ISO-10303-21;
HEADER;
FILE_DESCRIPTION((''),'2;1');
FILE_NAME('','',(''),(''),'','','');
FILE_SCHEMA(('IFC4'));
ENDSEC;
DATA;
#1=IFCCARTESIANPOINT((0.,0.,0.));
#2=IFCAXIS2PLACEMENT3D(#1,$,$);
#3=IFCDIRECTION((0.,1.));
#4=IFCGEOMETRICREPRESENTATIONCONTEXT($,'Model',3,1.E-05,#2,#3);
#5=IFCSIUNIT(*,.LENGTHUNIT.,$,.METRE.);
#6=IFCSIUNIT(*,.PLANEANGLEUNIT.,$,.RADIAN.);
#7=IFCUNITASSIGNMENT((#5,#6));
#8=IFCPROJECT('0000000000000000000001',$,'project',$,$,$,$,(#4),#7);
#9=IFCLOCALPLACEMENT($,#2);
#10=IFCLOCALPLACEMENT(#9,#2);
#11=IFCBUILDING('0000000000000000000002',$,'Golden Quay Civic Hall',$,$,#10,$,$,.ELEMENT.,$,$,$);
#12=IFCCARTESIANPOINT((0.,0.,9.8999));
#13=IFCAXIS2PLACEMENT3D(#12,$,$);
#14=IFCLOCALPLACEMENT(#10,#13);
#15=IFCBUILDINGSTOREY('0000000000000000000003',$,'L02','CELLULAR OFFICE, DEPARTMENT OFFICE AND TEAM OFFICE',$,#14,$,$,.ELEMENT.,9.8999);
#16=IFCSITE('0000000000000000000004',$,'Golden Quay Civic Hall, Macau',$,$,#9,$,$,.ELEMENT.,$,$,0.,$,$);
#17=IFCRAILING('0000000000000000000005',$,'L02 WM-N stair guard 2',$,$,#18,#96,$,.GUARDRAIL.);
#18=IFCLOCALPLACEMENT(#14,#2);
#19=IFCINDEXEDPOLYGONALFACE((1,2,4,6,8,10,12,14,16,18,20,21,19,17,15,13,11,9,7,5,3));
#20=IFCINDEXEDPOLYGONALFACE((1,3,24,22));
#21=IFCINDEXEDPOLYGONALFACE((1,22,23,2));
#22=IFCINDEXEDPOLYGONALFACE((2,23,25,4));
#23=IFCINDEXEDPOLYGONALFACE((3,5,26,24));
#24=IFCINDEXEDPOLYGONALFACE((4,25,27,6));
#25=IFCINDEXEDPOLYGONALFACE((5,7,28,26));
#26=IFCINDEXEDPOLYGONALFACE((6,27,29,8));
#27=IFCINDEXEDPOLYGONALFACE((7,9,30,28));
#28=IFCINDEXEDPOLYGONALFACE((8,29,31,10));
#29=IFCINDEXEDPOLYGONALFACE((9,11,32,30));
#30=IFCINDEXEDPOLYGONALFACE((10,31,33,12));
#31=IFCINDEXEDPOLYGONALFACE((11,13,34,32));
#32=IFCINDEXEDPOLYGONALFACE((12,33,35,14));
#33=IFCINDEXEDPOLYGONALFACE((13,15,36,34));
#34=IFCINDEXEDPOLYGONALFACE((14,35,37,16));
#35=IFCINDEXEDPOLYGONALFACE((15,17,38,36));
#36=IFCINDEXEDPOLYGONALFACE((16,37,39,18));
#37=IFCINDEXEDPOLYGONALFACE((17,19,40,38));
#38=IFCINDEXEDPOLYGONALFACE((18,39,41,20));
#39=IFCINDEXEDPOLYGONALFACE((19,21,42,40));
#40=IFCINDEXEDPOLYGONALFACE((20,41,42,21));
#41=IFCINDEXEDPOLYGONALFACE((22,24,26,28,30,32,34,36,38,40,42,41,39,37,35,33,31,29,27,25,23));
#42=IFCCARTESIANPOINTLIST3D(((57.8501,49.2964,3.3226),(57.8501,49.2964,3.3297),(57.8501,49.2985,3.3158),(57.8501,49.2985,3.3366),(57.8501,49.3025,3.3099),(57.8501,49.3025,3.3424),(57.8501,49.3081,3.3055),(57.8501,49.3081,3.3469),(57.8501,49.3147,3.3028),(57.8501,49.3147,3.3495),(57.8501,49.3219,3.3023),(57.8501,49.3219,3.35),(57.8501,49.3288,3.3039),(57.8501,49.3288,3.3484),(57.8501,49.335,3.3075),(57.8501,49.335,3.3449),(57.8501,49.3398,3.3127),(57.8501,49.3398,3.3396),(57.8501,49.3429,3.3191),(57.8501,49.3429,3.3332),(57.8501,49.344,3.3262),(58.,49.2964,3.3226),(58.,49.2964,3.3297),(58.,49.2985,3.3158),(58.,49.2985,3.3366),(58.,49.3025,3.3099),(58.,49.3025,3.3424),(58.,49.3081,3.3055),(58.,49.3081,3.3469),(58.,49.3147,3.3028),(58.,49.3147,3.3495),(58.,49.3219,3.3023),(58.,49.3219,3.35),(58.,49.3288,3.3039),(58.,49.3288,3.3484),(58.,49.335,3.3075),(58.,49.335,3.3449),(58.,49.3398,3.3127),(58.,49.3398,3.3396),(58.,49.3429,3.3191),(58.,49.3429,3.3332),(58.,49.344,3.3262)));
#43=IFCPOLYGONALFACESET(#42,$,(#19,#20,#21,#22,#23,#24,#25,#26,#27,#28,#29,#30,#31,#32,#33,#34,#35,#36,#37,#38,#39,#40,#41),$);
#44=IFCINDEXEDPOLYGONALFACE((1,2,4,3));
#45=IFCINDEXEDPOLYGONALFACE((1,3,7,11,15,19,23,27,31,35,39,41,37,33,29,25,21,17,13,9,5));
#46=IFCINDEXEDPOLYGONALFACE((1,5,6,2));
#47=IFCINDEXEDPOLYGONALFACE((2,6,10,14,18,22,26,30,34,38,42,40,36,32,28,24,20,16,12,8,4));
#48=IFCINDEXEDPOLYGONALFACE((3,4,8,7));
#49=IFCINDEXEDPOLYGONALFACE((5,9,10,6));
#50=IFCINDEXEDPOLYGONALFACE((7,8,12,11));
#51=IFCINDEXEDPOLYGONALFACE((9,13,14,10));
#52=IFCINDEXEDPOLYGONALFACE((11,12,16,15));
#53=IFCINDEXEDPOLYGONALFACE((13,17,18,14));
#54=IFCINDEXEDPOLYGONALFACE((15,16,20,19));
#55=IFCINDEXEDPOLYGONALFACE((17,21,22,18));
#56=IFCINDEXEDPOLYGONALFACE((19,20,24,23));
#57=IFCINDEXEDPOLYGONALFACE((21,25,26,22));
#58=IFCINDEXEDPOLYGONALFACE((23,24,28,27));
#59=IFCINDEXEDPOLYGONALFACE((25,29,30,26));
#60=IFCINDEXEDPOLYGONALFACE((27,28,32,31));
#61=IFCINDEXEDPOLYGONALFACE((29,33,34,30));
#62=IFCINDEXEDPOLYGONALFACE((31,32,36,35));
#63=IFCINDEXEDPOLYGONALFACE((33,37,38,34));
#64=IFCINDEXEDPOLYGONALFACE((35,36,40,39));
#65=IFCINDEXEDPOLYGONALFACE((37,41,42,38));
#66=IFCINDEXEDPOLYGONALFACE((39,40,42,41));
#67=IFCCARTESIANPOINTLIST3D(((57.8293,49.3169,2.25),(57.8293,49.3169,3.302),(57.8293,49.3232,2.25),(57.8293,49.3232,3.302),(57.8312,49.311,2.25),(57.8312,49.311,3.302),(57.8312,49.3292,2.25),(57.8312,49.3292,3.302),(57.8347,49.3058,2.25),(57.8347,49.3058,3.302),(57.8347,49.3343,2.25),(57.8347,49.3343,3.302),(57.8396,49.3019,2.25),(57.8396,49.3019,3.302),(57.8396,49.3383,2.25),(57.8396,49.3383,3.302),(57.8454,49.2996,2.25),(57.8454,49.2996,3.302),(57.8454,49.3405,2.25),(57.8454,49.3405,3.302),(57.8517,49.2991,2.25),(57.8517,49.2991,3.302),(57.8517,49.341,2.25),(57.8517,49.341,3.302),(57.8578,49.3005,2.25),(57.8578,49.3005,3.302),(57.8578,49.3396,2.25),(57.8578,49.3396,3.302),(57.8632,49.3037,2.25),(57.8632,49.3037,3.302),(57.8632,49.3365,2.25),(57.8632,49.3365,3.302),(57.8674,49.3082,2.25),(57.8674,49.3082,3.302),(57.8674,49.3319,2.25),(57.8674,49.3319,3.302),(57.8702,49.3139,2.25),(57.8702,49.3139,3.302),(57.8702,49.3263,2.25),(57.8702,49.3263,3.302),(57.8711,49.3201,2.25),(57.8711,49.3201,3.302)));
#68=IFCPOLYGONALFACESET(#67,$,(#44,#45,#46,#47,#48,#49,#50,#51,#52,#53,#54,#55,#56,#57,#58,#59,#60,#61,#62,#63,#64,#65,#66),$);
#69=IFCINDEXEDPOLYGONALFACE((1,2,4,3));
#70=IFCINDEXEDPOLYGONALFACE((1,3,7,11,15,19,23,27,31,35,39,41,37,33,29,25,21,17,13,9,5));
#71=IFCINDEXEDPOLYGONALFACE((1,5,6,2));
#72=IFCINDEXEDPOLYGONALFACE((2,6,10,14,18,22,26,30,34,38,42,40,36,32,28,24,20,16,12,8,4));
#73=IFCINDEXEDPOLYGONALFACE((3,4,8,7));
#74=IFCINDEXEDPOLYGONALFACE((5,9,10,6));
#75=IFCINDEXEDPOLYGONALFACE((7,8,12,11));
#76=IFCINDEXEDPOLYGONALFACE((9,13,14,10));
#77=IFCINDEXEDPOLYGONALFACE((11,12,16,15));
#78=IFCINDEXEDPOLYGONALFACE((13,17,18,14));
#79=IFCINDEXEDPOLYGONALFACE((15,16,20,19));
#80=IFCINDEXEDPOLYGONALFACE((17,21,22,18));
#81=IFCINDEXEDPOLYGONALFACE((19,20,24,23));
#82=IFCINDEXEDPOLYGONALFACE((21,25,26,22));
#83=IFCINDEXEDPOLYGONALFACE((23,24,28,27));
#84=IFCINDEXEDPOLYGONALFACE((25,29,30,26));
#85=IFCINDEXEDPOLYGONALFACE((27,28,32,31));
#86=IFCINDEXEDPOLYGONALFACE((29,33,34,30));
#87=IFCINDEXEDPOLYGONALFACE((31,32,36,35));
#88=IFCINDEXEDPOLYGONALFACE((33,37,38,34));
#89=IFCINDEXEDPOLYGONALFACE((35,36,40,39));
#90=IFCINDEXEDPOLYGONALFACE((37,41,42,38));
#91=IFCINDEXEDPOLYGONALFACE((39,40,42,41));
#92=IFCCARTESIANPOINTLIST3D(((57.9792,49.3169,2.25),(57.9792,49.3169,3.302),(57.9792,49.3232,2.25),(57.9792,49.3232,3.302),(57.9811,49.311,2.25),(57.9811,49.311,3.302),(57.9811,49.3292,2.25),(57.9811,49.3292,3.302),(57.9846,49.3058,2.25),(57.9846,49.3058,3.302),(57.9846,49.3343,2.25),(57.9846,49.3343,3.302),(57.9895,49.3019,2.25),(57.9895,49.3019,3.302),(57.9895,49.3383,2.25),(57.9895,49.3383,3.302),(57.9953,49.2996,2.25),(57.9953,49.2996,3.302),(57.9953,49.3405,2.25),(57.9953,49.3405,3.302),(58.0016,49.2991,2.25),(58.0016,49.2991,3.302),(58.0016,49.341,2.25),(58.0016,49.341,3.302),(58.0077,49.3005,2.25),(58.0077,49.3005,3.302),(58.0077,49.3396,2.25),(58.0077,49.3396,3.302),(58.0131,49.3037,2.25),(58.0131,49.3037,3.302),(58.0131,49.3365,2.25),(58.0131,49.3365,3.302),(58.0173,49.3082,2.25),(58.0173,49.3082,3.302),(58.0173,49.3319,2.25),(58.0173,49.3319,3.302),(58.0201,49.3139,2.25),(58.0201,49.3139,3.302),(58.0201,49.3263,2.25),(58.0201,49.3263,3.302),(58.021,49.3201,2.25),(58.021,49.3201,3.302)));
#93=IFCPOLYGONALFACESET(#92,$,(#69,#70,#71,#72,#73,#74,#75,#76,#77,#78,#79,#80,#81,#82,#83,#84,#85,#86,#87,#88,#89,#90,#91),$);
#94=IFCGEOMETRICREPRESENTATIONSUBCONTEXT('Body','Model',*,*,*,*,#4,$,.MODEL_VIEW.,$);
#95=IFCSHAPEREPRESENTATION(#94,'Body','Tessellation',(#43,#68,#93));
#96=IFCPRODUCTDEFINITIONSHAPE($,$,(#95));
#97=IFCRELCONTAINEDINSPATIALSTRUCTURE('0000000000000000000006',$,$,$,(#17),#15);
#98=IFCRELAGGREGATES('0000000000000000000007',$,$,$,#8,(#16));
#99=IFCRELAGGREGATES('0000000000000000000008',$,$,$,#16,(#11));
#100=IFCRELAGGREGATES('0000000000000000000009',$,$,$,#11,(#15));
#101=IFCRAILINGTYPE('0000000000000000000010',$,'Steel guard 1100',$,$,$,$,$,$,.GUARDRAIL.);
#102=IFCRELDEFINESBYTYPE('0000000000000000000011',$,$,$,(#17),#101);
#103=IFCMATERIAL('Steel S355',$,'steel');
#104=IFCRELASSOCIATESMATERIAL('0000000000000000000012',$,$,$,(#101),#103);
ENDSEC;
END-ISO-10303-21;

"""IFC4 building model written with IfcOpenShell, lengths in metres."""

from ifc_helpers import new_model, si_unit, direction, frame, origin, origin_2d, place, context, subcontext, project, spatial, circle, extrude, material, type_object, element, save


model = new_model("IFC4")

# Units and contexts
model_context = context("Model", 3, precision=1e-05, world=origin(), true_north=direction((0.0, 1.0)))
body_context = subcontext(model_context, "Body", "Model", "MODEL_VIEW")
ifc_project = project(units=[si_unit("LENGTHUNIT", "METRE"), si_unit("PLANEANGLEUNIT", "RADIAN")], contexts=[model_context])

# Site, building, storey
site_placement = place(None, origin())
site = spatial("IfcSite", under=ifc_project, at=site_placement, Name="Golden Quay Civic Hall, Macau", CompositionType="ELEMENT", RefElevation=0.0)
building_placement = place(site_placement, origin())
building = spatial("IfcBuilding", under=site, at=building_placement, Name="Golden Quay Civic Hall", CompositionType="ELEMENT")
storey_placement = place(building_placement, frame((0.0, 0.0, 9.8999)))
storey = spatial("IfcBuildingStorey", under=building, at=storey_placement, Name="L02", Description="CELLULAR OFFICE, DEPARTMENT OFFICE AND TEAM OFFICE", CompositionType="ELEMENT", Elevation=9.8999)

# Railing
ifc_material_1 = material(Name="Steel S355", Category="steel")
railing_type_1 = type_object("IfcRailingType", Name="Steel guard 1100", PredefinedType="GUARDRAIL", material=ifc_material_1)
railing_1_placement = place(storey_placement, frame((57.8501, 49.3201, 2.25)))
element("IfcRailing", 1, at=railing_1_placement, inside=storey, type_object=railing_type_1, Name="L02 WM-N stair guard 2", PredefinedType="GUARDRAIL", context=body_context, shape_type="SweptSolid", body=[
    extrude(circle(Radius=0.0239, at=origin_2d()), frame((0.0, 0.0, 1.0762), z_axis=(1.0, 0.0, 0.0), x_axis=(0.0, 1.0, 0.0)), (0.0, 0.0, 1.0), 0.1499),
    extrude(circle(Radius=0.021, at=origin_2d()), origin(), (0.0, 0.0, 1.0), 1.052),
    extrude(circle(Radius=0.021, at=origin_2d()), frame((0.1499, 0.0, 0.0)), (0.0, 0.0, 1.0), 1.052),
])

save(model, "model.ifc")
